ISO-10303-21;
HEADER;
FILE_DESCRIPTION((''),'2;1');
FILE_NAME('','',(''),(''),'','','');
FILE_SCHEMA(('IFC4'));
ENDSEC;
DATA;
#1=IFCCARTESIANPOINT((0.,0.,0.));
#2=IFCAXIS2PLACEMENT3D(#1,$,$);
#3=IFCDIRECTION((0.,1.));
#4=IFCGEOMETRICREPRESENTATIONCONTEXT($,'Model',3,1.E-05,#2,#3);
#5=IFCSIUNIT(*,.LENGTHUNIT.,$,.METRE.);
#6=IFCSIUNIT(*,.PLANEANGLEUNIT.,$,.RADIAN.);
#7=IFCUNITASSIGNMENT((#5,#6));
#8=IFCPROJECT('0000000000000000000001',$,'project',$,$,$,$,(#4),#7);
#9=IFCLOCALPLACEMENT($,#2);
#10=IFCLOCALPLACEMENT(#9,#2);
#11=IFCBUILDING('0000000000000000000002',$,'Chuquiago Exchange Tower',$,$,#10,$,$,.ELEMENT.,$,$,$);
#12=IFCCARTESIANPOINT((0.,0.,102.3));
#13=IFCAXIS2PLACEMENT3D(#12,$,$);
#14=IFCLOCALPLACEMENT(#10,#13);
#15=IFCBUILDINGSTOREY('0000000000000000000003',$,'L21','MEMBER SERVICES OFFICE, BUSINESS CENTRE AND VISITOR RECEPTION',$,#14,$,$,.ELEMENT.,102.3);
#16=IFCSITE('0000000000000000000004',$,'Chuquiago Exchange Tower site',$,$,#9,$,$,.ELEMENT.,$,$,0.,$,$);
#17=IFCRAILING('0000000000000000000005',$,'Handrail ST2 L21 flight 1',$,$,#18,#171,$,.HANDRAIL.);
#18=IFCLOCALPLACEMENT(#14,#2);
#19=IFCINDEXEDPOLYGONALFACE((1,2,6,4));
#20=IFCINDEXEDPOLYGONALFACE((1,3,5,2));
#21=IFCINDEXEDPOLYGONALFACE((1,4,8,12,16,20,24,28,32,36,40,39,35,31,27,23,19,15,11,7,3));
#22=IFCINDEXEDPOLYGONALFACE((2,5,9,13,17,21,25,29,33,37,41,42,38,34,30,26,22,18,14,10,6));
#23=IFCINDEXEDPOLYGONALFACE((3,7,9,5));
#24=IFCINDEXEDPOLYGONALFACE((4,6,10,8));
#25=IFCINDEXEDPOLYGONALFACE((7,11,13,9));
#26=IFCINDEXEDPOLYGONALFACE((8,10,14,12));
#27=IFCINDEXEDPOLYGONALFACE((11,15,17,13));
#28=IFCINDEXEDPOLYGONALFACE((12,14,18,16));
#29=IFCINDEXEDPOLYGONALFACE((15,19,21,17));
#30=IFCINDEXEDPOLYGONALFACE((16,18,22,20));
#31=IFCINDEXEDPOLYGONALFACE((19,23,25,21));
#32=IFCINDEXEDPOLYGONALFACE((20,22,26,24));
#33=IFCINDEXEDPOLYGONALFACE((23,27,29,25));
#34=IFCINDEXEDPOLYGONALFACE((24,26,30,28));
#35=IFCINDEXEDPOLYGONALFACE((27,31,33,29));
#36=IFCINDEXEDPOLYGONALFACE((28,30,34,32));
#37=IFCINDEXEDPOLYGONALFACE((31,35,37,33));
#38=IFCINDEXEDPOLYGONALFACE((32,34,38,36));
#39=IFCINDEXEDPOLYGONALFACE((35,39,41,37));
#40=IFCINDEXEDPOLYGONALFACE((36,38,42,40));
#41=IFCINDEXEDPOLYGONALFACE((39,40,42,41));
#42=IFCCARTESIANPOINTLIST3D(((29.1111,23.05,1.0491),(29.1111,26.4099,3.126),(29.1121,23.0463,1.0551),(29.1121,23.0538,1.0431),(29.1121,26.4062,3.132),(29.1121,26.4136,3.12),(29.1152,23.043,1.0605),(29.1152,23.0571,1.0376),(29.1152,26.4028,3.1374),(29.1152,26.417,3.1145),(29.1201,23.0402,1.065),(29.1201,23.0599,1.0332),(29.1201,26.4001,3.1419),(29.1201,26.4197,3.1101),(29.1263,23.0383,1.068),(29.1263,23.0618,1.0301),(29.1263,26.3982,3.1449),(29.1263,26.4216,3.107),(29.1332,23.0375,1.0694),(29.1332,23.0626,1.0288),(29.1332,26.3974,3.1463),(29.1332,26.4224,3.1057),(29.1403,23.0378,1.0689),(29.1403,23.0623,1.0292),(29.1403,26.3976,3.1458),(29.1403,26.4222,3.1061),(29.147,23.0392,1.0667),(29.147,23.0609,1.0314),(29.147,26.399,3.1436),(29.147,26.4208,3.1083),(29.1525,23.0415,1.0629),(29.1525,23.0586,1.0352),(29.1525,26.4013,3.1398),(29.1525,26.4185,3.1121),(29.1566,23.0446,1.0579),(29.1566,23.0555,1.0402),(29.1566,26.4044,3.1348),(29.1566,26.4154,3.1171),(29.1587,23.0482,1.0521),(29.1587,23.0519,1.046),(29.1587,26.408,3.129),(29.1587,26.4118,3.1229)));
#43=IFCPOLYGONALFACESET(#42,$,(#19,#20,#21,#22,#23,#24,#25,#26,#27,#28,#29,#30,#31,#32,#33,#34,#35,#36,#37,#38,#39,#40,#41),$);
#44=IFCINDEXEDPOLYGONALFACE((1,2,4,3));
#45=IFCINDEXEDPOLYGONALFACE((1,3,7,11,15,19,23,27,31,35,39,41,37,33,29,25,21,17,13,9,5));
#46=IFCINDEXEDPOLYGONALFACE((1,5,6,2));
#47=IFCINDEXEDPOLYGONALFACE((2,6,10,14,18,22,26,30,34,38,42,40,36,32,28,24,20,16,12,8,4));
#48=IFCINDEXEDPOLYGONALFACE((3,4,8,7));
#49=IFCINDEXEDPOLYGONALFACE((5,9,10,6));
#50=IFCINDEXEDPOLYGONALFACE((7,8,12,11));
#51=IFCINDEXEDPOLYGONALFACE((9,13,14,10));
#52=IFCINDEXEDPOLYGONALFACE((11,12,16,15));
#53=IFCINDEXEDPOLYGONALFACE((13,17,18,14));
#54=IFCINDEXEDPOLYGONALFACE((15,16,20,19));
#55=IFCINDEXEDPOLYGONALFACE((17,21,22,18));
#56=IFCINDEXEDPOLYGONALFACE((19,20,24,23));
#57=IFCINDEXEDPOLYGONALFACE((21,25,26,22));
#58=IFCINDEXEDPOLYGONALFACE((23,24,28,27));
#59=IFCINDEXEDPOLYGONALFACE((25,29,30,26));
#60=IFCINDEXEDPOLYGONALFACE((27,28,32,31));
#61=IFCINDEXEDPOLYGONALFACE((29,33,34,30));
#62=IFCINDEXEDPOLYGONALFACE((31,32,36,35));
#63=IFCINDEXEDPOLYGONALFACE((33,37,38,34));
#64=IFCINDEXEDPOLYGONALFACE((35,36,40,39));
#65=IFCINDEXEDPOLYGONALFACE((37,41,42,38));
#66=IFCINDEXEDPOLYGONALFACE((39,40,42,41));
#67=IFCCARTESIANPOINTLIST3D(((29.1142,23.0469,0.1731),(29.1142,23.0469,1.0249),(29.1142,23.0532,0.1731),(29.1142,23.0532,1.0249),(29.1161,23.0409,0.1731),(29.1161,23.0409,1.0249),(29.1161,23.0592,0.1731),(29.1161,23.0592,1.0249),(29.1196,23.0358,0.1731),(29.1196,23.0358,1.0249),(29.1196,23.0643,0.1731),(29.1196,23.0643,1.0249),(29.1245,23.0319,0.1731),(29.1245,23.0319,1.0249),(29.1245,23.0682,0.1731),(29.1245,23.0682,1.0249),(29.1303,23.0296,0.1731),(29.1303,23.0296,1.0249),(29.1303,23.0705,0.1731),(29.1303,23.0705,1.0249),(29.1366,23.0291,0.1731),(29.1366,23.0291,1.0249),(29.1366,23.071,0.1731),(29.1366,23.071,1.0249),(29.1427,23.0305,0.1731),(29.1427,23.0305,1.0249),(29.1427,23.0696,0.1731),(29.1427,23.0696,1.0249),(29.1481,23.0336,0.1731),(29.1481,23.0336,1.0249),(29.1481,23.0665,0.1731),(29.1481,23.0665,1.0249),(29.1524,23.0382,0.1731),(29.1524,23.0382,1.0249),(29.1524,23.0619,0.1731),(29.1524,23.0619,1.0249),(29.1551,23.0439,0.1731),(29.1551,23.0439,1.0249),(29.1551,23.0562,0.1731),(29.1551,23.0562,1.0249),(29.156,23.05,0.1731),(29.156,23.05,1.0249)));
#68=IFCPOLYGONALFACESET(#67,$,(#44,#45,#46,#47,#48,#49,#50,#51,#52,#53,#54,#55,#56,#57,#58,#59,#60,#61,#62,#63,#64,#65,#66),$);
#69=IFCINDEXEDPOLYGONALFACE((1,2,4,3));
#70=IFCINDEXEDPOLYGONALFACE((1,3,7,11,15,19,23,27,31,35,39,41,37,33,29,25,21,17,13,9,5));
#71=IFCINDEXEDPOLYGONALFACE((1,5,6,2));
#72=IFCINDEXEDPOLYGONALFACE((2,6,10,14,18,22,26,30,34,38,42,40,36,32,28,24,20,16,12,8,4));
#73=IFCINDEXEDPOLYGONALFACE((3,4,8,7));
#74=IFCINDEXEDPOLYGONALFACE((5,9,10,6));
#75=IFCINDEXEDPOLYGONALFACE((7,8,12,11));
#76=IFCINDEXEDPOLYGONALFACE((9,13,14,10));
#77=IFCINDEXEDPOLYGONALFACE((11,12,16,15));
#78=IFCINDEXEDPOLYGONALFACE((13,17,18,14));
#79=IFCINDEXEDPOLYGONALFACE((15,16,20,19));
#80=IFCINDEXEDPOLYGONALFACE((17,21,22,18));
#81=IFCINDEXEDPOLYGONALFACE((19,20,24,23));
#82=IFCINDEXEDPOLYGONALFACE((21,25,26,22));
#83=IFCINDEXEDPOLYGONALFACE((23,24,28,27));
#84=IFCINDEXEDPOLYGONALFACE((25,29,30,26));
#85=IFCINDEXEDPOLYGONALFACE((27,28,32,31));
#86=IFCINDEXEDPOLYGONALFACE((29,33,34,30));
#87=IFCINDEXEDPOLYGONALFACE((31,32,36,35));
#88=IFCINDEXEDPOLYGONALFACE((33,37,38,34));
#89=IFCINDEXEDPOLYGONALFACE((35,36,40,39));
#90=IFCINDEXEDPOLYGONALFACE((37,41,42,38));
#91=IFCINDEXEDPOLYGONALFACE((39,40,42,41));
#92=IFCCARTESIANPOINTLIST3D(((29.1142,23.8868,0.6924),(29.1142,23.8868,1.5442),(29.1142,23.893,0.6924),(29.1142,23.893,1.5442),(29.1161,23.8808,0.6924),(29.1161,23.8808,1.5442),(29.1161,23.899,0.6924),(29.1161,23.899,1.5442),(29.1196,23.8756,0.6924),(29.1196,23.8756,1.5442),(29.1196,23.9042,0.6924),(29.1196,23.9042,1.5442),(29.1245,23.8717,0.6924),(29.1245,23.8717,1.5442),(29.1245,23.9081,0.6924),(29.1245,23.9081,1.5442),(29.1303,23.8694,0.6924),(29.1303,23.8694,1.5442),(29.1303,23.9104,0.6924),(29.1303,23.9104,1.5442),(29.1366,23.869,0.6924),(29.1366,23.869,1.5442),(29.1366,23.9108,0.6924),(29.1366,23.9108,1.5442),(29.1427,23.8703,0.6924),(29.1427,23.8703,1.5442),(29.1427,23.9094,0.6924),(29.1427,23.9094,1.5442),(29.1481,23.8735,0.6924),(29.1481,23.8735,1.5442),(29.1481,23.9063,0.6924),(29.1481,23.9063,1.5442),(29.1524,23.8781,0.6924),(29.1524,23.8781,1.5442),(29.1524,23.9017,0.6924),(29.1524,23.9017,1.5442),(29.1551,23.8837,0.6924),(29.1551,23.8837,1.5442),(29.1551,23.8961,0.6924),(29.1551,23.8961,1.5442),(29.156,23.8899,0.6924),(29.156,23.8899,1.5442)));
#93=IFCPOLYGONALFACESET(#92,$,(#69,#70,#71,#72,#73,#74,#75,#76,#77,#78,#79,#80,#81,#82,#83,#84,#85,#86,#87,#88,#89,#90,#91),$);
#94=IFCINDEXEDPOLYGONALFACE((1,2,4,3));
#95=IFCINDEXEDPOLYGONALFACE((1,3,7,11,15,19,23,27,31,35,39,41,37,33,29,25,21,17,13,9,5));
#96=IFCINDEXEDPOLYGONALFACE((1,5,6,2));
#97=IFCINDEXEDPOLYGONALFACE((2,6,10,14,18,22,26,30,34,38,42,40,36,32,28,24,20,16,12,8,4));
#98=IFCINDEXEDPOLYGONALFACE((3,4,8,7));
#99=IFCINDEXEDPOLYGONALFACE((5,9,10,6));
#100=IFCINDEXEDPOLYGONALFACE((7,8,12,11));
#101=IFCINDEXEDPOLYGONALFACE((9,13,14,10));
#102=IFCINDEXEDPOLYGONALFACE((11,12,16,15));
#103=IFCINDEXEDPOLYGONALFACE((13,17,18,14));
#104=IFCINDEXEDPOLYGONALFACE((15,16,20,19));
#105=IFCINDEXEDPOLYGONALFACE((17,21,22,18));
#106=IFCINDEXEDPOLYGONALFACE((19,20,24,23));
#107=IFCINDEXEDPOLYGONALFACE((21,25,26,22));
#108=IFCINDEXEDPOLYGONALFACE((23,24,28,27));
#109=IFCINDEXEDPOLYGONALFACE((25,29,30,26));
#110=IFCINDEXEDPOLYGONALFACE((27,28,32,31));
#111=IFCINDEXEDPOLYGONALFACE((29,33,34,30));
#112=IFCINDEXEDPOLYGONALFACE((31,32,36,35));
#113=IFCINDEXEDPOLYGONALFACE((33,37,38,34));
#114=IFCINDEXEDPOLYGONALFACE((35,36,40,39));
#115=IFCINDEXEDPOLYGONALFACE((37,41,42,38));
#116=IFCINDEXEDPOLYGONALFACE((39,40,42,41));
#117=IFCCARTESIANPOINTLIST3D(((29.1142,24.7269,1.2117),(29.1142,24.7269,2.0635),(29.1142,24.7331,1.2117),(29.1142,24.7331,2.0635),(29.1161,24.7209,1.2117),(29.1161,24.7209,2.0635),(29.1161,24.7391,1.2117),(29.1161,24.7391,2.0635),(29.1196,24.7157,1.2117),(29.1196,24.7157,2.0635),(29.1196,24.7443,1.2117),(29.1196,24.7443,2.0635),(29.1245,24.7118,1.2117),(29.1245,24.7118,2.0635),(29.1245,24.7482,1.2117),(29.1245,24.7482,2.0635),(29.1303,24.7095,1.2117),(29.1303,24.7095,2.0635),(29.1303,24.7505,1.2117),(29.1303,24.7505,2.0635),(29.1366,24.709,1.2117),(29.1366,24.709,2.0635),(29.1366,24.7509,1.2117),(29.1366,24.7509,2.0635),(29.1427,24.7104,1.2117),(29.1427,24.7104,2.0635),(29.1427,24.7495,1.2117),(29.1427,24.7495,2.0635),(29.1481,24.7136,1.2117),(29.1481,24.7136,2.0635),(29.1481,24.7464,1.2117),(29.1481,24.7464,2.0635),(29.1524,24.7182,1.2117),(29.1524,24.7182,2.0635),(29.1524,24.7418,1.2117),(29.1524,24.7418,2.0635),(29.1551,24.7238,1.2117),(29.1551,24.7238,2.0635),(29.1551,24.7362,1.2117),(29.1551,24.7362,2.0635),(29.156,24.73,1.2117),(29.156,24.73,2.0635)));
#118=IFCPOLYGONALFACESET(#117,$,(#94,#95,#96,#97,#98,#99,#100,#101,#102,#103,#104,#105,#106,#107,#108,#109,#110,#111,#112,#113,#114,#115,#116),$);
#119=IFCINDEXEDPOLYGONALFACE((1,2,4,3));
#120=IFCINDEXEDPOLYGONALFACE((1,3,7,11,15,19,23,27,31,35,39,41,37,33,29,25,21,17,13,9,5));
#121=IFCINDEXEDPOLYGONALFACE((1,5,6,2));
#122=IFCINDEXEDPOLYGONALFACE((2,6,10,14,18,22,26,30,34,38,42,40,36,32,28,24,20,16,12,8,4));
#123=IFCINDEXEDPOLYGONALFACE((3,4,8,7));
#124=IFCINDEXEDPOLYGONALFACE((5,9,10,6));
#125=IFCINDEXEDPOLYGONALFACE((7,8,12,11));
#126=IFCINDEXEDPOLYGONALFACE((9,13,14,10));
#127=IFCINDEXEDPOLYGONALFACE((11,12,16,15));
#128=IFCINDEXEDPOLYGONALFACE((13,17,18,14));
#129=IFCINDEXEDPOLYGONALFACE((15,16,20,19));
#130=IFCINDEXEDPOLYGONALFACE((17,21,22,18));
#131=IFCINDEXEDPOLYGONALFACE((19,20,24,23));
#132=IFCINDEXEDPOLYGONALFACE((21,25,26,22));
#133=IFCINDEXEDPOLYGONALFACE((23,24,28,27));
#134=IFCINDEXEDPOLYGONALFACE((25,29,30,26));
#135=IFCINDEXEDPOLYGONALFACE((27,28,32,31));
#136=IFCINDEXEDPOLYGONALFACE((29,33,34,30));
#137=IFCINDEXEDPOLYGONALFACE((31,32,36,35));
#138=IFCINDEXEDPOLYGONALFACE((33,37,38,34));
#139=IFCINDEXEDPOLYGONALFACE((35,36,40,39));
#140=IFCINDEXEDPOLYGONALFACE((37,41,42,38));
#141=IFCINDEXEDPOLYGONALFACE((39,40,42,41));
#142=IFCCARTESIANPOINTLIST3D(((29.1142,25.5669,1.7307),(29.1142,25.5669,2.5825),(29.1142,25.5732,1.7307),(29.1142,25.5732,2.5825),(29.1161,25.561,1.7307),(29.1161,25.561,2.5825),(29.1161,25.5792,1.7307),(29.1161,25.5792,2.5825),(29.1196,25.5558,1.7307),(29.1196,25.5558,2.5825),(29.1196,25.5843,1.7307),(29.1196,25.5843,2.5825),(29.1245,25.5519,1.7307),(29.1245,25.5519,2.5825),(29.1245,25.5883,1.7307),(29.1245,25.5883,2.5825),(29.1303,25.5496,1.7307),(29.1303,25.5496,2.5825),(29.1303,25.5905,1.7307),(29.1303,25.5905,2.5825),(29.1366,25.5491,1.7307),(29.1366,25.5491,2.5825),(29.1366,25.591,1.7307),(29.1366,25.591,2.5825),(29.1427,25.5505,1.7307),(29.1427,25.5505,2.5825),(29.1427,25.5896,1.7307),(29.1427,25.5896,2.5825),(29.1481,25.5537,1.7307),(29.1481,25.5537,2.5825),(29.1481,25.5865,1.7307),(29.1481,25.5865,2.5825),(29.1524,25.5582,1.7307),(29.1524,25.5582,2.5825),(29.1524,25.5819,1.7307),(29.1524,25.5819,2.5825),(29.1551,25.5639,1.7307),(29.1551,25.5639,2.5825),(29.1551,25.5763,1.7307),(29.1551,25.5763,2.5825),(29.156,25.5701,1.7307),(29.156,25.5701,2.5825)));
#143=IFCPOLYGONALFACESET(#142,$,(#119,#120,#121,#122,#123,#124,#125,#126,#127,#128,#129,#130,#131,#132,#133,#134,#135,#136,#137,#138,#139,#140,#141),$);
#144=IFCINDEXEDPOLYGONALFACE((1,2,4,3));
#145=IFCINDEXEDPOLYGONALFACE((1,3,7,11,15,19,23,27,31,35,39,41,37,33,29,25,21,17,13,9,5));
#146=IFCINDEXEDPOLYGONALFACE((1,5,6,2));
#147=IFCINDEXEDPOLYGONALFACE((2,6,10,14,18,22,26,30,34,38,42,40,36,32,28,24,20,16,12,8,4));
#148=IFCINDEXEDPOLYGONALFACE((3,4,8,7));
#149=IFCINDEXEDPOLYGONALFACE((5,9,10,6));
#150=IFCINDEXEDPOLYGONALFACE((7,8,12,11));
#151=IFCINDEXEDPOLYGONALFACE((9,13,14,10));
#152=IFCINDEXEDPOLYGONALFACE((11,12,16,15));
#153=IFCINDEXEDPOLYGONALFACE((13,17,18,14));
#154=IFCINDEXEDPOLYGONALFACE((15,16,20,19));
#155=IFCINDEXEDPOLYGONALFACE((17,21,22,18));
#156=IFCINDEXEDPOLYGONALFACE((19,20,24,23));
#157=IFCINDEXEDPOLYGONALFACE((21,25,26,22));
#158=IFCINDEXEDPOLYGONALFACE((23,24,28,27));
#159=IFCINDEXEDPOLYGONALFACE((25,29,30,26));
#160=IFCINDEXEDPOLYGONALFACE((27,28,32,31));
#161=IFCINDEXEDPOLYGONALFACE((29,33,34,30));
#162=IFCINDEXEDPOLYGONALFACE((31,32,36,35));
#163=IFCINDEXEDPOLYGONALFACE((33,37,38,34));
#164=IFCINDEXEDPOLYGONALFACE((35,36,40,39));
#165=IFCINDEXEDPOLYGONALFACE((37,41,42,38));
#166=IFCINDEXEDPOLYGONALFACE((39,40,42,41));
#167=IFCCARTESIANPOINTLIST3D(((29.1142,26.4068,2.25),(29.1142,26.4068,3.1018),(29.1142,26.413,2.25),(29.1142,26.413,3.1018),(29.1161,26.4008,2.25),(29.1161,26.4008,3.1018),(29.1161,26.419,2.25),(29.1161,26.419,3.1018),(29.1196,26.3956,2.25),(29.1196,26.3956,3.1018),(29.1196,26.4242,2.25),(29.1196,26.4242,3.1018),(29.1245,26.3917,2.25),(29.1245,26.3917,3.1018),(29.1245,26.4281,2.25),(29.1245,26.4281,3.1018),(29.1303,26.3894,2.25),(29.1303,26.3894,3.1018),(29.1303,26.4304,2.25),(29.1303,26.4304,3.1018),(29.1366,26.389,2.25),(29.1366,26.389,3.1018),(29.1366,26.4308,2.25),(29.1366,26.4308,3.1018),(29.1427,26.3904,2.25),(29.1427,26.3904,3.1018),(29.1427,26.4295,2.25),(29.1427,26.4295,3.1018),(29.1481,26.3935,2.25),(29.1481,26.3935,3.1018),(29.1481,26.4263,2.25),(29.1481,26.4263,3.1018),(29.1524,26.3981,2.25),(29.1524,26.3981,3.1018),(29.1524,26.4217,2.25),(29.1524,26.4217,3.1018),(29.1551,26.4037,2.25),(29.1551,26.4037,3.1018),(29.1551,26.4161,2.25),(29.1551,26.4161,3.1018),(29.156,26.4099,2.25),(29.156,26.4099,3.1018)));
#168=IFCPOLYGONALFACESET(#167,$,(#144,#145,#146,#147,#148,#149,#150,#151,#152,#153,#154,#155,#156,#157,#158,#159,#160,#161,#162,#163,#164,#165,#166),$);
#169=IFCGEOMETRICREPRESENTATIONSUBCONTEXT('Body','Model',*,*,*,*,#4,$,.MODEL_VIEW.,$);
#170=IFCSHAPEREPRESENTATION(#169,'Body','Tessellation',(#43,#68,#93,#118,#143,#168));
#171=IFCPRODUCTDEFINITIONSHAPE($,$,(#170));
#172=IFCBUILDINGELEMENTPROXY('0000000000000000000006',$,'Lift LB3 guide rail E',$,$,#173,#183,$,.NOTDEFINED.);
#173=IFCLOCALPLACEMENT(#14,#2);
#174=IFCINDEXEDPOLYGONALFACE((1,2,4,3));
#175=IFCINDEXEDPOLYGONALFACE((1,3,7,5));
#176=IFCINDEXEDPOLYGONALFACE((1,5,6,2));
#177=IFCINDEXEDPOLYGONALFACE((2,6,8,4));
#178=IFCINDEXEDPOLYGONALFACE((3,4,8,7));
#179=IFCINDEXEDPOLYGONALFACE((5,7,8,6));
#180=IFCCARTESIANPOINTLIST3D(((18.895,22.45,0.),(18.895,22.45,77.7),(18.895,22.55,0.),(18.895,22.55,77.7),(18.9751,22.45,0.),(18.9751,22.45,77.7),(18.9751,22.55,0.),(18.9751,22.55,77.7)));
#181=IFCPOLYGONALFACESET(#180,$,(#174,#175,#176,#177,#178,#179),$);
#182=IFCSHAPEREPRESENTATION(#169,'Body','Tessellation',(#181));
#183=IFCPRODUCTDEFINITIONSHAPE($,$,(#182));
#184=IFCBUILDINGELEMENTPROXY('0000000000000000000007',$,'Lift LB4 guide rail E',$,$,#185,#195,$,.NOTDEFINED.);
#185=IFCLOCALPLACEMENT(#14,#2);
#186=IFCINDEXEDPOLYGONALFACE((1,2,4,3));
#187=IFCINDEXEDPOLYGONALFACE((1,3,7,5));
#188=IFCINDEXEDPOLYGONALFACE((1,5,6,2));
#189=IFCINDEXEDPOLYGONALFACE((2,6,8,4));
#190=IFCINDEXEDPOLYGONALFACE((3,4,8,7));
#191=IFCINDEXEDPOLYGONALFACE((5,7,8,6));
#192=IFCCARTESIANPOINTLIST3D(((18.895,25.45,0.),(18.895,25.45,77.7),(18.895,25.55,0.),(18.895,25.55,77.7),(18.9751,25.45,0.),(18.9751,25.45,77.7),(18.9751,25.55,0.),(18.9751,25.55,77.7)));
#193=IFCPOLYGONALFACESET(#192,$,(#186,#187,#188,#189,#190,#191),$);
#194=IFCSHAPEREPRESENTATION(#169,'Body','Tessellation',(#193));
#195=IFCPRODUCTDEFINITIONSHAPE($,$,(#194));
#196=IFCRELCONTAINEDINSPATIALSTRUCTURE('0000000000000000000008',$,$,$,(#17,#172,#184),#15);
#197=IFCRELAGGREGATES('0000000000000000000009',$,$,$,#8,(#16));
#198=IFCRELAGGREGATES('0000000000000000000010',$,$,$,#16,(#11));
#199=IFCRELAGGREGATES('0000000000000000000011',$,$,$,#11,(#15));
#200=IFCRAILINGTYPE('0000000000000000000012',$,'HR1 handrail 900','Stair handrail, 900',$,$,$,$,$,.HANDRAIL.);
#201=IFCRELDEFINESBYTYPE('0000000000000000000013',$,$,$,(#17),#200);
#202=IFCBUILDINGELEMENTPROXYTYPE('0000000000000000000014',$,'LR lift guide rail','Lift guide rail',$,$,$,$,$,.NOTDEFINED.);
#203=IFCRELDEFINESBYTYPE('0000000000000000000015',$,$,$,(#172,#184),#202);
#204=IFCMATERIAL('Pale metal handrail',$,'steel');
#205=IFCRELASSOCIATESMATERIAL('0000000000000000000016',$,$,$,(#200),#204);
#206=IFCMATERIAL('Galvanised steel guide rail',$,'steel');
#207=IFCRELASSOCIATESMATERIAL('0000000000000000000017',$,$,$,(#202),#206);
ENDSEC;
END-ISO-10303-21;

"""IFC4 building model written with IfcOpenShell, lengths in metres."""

from ifc_helpers import new_model, si_unit, direction, frame, origin, origin_2d, place, context, subcontext, project, spatial, rectangle, circle, extrude, material, type_object, element, save


model = new_model("IFC4")

# Units and contexts
model_context = context("Model", 3, precision=1e-05, world=origin(), true_north=direction((0.0, 1.0)))
body_context = subcontext(model_context, "Body", "Model", "MODEL_VIEW")
ifc_project = project(units=[si_unit("LENGTHUNIT", "METRE"), si_unit("PLANEANGLEUNIT", "RADIAN")], contexts=[model_context])

# Site, building, storey
site_placement = place(None, origin())
site = spatial("IfcSite", under=ifc_project, at=site_placement, Name="Chuquiago Exchange Tower site", CompositionType="ELEMENT", RefElevation=0.0)
building_placement = place(site_placement, origin())
building = spatial("IfcBuilding", under=site, at=building_placement, Name="Chuquiago Exchange Tower", CompositionType="ELEMENT")
storey_placement = place(building_placement, frame((0.0, 0.0, 102.3)))
storey = spatial("IfcBuildingStorey", under=building, at=storey_placement, Name="L21", Description="MEMBER SERVICES OFFICE, BUSINESS CENTRE AND VISITOR RECEPTION", CompositionType="ELEMENT", Elevation=102.3)

# Railing
ifc_material_1 = material(Name="Pale metal handrail", Category="steel")
railing_type_1 = type_object("IfcRailingType", Name="HR1 handrail 900", Description="Stair handrail, 900", PredefinedType="HANDRAIL", material=ifc_material_1)
railing_1_placement = place(storey_placement, frame((29.135, 23.05, 0.1731)))
element("IfcRailing", 1, at=railing_1_placement, inside=storey, type_object=railing_type_1, Name="Handrail ST2 L21 flight 1", PredefinedType="HANDRAIL", context=body_context, shape_type="SweptSolid", body=[
    extrude(circle(Radius=0.0239, at=origin_2d()), frame((0.0, 0.0, 0.876), z_axis=(0.0, 0.850606, 0.525803), x_axis=(-1.0, 0.0, 0.0)), (0.0, 0.0, 1.0), 3.95),
    extrude(circle(Radius=0.021, at=origin_2d()), origin(), (0.0, 0.0, 1.0), 0.8518),
    extrude(circle(Radius=0.021, at=origin_2d()), frame((0.0, 0.8398, 0.5193)), (0.0, 0.0, 1.0), 0.8518),
    extrude(circle(Radius=0.021, at=origin_2d()), frame((0.0, 1.6799, 1.0386)), (0.0, 0.0, 1.0), 0.8518),
    extrude(circle(Radius=0.021, at=origin_2d()), frame((0.0, 2.52, 1.5576)), (0.0, 0.0, 1.0), 0.8518),
    extrude(circle(Radius=0.021, at=origin_2d()), frame((0.0, 3.3599, 2.0769)), (0.0, 0.0, 1.0), 0.8518),
])

# Building element proxies
ifc_material_2 = material(Name="Galvanised steel guide rail", Category="steel")
building_element_proxy_type = type_object("IfcBuildingElementProxyType", Name="LR lift guide rail", Description="Lift guide rail", PredefinedType="NOTDEFINED", material=ifc_material_2)
for number, where, z_axis, x_axis, name in (
    (2, (18.9351, 22.5, 0.0), (0.0, 0.0, 1.0), (1.0, 0.0, 0.0), "Lift LB3 guide rail E"),
    (3, (18.9351, 25.5, 0.0), (0.0, 0.0, 1.0), (1.0, 0.0, 0.0), "Lift LB4 guide rail E"),
):
    element("IfcBuildingElementProxy", number, at=place(storey_placement, frame(where, z_axis=z_axis, x_axis=x_axis)), inside=storey, type_object=building_element_proxy_type, Name=name, PredefinedType="NOTDEFINED", context=body_context, shape_type="SweptSolid", body=[
        extrude(rectangle(XDim=0.0801, YDim=0.1001, at=origin_2d()), origin(), (0.0, 0.0, 1.0), 77.7),
    ])

save(model, "model.ifc")
